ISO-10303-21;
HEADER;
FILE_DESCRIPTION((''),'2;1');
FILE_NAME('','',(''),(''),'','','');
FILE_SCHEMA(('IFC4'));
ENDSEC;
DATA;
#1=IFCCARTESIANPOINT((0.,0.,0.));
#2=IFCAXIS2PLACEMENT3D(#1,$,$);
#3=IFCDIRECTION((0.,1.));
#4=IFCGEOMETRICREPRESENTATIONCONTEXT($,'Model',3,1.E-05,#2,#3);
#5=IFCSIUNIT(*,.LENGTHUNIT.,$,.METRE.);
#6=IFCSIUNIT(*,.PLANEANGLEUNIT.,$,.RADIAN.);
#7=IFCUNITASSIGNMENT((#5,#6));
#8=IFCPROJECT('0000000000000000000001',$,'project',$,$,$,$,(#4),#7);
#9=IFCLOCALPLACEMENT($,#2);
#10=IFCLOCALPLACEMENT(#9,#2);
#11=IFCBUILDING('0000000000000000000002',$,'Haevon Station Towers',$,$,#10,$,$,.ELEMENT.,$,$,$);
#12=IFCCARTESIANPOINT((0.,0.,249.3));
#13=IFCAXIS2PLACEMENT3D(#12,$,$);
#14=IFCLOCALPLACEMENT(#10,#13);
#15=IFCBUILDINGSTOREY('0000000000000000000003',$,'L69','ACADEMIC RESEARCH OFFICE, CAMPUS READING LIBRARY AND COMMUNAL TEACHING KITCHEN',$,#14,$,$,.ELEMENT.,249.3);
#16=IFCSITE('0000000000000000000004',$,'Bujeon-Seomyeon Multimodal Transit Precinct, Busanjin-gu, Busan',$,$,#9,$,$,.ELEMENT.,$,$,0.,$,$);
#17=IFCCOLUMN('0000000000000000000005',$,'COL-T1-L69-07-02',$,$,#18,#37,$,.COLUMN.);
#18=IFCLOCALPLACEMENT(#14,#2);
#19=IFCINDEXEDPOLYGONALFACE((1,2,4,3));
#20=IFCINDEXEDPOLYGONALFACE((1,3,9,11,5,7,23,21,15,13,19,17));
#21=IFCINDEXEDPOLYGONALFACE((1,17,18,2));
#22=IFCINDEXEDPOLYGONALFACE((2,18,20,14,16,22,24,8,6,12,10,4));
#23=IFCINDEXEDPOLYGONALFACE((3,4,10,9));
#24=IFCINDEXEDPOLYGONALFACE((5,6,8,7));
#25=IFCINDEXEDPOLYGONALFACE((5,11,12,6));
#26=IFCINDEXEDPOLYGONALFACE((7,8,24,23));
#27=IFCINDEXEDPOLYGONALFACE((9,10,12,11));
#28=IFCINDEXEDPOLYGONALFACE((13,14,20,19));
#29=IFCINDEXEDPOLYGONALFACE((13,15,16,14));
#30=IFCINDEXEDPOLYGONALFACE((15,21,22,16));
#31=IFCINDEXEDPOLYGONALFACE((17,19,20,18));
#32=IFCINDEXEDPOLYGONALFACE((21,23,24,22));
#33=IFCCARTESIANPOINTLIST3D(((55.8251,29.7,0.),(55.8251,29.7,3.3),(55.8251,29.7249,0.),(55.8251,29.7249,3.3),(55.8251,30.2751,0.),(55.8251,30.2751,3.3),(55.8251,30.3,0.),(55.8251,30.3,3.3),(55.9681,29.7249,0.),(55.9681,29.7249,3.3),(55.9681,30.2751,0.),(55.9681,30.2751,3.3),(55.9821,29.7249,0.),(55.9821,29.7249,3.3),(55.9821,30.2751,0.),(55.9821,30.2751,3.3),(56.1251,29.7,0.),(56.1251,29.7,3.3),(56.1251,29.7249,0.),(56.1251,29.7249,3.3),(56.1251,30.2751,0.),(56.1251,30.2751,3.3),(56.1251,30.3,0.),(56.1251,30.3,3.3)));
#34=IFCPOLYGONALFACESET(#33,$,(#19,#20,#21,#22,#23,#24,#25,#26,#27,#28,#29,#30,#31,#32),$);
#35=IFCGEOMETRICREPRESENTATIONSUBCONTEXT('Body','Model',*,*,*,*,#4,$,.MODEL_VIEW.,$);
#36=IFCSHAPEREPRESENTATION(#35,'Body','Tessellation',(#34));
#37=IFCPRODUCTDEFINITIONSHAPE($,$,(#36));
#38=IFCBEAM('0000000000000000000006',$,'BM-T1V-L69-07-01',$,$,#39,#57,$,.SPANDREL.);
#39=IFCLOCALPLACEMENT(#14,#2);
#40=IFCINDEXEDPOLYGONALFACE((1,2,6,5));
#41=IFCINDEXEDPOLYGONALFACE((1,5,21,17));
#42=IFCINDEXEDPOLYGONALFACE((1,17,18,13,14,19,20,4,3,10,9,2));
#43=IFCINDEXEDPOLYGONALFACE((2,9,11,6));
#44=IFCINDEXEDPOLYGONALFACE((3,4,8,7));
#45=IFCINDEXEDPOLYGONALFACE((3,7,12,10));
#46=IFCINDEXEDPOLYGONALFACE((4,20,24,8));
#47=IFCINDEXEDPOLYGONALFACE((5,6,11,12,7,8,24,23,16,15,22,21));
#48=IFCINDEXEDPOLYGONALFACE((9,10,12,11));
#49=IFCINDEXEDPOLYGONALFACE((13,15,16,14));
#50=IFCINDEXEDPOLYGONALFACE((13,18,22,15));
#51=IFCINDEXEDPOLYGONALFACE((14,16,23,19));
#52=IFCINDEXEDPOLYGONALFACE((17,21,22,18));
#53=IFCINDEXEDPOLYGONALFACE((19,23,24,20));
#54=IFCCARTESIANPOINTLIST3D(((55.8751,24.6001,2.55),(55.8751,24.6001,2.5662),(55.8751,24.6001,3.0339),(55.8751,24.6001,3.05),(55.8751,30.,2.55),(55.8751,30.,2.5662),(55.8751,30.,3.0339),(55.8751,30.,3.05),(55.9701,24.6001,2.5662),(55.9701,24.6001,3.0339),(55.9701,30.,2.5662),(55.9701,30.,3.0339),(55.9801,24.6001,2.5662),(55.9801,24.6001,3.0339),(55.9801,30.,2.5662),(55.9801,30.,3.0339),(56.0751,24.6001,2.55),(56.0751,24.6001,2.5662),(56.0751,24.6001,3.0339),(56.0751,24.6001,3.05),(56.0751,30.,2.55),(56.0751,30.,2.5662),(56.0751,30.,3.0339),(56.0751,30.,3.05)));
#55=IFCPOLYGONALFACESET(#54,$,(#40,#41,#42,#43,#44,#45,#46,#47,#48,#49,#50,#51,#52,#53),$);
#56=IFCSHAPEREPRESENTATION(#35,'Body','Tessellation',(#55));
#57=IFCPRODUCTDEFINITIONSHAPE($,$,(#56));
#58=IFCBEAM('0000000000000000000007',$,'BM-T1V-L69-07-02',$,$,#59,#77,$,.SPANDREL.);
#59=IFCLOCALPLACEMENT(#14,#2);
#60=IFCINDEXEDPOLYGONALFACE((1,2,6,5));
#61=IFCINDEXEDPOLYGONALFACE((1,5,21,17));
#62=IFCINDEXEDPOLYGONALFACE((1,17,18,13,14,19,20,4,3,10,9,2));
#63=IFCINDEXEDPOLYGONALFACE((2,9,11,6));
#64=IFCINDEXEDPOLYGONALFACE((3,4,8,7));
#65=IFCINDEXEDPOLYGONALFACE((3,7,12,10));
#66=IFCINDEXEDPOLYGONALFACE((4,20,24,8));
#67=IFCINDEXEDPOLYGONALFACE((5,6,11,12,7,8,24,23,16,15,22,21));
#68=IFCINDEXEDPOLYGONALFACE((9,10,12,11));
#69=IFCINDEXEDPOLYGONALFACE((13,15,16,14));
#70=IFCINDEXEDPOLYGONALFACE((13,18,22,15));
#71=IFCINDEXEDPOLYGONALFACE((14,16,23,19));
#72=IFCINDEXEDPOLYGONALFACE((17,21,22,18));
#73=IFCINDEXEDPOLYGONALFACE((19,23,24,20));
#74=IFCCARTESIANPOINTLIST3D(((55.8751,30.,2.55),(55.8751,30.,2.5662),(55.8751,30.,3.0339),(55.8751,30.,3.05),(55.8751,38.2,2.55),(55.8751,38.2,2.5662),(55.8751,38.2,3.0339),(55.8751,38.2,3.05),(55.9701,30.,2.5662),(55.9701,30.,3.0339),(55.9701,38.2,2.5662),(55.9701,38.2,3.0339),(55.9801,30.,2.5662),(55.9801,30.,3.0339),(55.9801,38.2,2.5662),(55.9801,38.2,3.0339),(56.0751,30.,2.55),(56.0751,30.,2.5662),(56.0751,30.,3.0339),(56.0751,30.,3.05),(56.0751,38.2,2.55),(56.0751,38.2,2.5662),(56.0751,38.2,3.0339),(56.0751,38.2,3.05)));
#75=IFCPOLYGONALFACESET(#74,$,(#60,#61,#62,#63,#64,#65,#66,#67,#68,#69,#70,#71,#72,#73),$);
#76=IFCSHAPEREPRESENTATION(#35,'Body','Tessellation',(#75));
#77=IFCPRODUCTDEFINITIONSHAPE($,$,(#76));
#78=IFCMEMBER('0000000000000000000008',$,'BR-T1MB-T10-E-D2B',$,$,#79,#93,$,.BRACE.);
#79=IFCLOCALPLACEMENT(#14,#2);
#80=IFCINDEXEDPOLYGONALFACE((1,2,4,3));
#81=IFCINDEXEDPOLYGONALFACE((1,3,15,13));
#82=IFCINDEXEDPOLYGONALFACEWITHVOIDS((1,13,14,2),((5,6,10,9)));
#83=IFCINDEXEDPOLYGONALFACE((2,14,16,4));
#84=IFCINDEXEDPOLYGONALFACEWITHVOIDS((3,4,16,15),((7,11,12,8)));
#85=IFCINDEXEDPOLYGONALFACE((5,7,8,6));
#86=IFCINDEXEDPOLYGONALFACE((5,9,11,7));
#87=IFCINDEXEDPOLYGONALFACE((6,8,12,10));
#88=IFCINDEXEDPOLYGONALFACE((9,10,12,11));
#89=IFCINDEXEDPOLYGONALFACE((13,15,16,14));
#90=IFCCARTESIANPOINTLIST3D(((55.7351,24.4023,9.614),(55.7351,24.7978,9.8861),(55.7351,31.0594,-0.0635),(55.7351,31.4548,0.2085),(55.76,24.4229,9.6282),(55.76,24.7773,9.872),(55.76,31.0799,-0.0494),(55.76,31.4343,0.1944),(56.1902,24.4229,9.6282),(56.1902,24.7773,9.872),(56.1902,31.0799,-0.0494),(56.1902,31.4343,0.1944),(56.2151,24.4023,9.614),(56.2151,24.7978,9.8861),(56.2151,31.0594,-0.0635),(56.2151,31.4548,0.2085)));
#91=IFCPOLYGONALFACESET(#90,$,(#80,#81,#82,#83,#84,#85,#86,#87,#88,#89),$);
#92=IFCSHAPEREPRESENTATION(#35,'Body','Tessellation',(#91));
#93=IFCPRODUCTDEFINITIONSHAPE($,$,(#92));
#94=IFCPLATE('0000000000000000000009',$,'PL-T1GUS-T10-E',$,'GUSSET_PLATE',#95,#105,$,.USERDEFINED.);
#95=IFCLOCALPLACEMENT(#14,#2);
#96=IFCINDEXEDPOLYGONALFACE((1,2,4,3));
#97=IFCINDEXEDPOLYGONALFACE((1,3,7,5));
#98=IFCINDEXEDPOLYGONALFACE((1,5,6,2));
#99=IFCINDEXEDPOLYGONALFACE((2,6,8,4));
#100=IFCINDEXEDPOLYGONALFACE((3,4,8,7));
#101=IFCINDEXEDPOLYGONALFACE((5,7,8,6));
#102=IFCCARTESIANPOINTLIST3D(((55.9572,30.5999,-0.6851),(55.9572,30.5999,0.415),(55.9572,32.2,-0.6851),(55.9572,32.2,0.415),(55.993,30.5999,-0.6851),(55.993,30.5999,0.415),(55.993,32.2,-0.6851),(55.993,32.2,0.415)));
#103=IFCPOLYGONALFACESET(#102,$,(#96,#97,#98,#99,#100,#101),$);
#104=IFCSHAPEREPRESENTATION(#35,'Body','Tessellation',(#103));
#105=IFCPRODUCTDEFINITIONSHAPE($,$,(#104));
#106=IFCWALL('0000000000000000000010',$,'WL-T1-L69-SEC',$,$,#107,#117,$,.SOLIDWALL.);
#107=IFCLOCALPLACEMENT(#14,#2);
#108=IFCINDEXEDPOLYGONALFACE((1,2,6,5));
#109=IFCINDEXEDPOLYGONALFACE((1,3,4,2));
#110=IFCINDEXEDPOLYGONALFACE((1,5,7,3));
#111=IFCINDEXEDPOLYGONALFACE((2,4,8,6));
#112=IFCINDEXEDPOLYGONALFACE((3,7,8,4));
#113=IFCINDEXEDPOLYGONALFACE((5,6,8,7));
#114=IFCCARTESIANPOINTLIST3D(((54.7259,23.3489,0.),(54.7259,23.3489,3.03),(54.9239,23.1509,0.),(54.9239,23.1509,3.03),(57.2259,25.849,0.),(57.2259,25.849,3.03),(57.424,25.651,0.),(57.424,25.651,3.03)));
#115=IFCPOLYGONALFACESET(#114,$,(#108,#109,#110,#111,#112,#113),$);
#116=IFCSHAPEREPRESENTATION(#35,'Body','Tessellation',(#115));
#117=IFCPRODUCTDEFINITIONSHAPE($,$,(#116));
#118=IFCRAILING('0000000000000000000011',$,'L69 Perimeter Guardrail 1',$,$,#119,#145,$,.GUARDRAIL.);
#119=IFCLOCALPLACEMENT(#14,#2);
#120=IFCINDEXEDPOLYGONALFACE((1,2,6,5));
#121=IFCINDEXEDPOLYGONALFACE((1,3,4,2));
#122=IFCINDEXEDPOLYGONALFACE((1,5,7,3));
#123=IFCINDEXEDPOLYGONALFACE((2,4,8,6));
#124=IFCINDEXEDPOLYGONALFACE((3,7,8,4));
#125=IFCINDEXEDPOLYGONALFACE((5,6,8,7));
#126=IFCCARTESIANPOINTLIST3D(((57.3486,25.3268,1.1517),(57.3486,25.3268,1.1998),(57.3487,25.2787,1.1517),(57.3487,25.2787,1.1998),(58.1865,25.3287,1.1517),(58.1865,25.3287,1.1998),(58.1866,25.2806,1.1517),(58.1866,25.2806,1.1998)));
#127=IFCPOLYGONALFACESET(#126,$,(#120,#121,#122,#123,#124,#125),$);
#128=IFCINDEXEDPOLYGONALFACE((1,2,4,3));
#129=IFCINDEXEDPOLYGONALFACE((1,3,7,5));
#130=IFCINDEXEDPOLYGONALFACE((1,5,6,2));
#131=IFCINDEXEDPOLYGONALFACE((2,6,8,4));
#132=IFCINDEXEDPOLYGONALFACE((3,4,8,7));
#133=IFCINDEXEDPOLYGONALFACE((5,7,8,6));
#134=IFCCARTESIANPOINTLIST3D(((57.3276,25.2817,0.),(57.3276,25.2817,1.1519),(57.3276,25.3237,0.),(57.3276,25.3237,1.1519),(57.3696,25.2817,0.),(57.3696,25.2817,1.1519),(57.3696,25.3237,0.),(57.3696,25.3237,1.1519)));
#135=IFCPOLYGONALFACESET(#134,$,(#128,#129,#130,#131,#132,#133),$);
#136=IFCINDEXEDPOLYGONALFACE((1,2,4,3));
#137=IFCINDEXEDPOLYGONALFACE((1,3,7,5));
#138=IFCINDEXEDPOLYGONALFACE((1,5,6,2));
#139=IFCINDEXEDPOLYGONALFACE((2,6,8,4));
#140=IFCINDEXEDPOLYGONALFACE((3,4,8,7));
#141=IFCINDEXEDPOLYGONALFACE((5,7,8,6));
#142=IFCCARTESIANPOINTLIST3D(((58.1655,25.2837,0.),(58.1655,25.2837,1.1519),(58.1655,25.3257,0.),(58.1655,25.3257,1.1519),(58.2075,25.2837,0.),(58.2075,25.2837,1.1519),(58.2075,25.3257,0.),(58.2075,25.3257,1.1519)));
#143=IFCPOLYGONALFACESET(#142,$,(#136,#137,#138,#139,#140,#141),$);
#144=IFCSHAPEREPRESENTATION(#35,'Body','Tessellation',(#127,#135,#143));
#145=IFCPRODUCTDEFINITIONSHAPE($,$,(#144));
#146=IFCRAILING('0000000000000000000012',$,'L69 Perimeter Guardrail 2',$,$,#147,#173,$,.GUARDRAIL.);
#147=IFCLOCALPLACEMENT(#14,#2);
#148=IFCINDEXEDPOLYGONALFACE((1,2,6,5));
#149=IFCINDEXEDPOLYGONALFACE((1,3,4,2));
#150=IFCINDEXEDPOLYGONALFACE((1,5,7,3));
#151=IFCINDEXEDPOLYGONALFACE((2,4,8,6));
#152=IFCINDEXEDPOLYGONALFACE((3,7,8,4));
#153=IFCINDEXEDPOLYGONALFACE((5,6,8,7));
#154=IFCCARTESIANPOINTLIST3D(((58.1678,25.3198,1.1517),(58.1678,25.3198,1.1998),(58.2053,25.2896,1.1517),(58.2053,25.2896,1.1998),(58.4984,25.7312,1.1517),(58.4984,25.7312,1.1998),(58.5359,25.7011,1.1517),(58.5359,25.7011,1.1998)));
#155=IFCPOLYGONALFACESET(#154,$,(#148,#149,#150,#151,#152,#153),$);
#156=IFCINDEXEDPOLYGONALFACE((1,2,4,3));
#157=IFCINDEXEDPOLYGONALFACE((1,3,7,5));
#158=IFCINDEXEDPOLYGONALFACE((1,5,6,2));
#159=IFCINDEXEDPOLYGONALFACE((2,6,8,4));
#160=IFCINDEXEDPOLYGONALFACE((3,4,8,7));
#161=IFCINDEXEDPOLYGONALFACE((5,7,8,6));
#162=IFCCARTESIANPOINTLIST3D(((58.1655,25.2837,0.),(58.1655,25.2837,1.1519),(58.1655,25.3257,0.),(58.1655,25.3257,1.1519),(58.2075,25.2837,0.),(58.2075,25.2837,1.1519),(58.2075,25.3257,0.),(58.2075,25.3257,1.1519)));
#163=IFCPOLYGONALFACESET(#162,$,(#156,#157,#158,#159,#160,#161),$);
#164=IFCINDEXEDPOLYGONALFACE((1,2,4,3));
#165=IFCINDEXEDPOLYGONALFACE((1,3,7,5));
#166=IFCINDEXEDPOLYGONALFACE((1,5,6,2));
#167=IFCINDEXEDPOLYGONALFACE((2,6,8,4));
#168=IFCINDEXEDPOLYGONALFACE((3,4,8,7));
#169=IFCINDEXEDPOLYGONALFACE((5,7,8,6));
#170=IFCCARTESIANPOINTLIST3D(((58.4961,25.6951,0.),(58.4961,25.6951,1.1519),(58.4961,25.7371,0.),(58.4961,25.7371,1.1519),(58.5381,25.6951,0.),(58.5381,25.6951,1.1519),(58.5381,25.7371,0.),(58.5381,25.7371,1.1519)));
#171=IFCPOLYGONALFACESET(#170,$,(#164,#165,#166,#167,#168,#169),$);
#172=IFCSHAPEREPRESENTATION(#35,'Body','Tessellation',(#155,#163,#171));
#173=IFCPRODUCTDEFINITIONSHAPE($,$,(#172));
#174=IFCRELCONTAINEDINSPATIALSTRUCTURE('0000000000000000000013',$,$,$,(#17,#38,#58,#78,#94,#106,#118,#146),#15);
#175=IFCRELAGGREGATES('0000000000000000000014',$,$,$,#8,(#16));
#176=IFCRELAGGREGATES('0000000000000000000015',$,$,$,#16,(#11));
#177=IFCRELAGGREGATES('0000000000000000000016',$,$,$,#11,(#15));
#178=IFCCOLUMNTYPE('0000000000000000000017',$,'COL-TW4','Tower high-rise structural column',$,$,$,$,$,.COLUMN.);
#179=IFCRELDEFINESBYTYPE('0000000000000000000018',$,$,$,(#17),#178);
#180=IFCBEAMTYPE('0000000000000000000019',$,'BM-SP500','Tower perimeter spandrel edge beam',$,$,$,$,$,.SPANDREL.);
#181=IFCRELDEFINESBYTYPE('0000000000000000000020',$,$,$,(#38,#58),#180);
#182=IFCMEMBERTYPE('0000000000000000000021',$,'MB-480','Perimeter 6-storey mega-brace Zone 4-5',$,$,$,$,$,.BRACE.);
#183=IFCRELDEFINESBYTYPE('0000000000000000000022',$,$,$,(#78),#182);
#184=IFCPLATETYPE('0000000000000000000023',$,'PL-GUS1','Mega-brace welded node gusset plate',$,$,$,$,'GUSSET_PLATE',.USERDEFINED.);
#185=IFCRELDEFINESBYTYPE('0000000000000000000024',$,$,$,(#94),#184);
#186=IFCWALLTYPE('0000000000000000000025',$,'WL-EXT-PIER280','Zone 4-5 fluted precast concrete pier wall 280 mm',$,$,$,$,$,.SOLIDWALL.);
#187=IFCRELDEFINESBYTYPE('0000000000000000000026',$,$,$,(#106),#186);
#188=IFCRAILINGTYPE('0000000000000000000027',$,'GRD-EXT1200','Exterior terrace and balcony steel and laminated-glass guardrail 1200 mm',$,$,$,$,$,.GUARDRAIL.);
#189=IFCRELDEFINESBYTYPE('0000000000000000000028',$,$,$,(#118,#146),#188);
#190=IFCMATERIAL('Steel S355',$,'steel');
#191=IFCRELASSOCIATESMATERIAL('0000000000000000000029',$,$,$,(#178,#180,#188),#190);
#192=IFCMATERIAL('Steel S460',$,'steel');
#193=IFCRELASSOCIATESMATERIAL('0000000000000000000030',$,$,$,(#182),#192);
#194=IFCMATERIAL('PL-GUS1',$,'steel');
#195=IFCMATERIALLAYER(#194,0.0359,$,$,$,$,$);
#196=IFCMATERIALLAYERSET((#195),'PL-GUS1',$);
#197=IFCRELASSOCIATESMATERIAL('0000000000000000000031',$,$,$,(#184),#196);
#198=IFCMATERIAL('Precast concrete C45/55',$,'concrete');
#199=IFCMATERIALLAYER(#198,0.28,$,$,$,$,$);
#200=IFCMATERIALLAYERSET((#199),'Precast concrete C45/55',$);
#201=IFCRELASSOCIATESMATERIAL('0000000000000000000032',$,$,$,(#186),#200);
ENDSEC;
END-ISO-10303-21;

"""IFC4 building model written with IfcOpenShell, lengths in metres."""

from ifc_helpers import new_model, si_unit, direction, frame, frame_2d, origin, origin_2d, place, context, subcontext, project, spatial, rectangle, hollow_rectangle, i_section, extrude, material, layer, layer_set, material_profile, profile_set, type_object, element, save


model = new_model("IFC4")

# Units and contexts
model_context = context("Model", 3, precision=1e-05, world=origin(), true_north=direction((0.0, 1.0)))
body_context = subcontext(model_context, "Body", "Model", "MODEL_VIEW")
ifc_project = project(units=[si_unit("LENGTHUNIT", "METRE"), si_unit("PLANEANGLEUNIT", "RADIAN")], contexts=[model_context])

# Site, building, storey
site_placement = place(None, origin())
site = spatial("IfcSite", under=ifc_project, at=site_placement, Name="Bujeon-Seomyeon Multimodal Transit Precinct, Busanjin-gu, Busan", CompositionType="ELEMENT", RefElevation=0.0)
building_placement = place(site_placement, origin())
building = spatial("IfcBuilding", under=site, at=building_placement, Name="Haevon Station Towers", CompositionType="ELEMENT")
storey_placement = place(building_placement, frame((0.0, 0.0, 249.3)))
storey = spatial("IfcBuildingStorey", under=building, at=storey_placement, Name="L69", Description="ACADEMIC RESEARCH OFFICE, CAMPUS READING LIBRARY AND COMMUNAL TEACHING KITCHEN", CompositionType="ELEMENT", Elevation=249.3)

# Column
ifc_material_1 = material(Name="Steel S355", Category="steel")
ifc_material_profile_1 = material_profile(ifc_material_1, i_section(OverallWidth=0.3, OverallDepth=0.6001, WebThickness=0.0139, FlangeThickness=0.0249, at=origin_2d()), Name="H-600x300x14x25")
ifc_profile_set_1 = profile_set([ifc_material_profile_1], Name="Steel S355")
column_type = type_object("IfcColumnType", Name="COL-TW4", Description="Tower high-rise structural column", PredefinedType="COLUMN", material=ifc_profile_set_1)
column_placement = place(storey_placement, frame((55.9751, 30.0, 0.0), z_axis=(0.0, 0.0, 1.0), x_axis=(1.0, 0.0, 0.0)))
element("IfcColumn", 1, at=column_placement, inside=storey, type_object=column_type, Name="COL-T1-L69-07-02", PredefinedType="COLUMN", context=body_context, shape_type="SweptSolid", body=[
    extrude(i_section(OverallWidth=0.3, OverallDepth=0.6001, WebThickness=0.0139, FlangeThickness=0.0249, at=origin_2d()), origin(), (0.0, 0.0, 1.0), 3.3),
])

# Beams
ifc_material_profile_2 = material_profile(ifc_material_1, i_section(OverallWidth=0.2, OverallDepth=0.5, WebThickness=0.01, FlangeThickness=0.0161, at=origin_2d()), Name="H-500x200x10x16")
ifc_profile_set_2 = profile_set([ifc_material_profile_2], Name="Steel S355")
beam_type = type_object("IfcBeamType", Name="BM-SP500", Description="Tower perimeter spandrel edge beam", PredefinedType="SPANDREL", material=ifc_profile_set_2)
beam_1_placement = place(storey_placement, frame((55.9751, 24.6001, 2.8), z_axis=(0.0, 1.0, 0.0), x_axis=(-1.0, 0.0, 0.0)))
element("IfcBeam", 2, at=beam_1_placement, inside=storey, type_object=beam_type, Name="BM-T1V-L69-07-01", PredefinedType="SPANDREL", context=body_context, shape_type="SweptSolid", body=[
    extrude(i_section(OverallWidth=0.2, OverallDepth=0.5, WebThickness=0.01, FlangeThickness=0.0161, at=origin_2d()), origin(), (0.0, 0.0, 1.0), 5.3999),
])
beam_2_placement = place(storey_placement, frame((55.9751, 30.0, 2.8), z_axis=(0.0, 1.0, 0.0), x_axis=(-1.0, 0.0, 0.0)))
element("IfcBeam", 3, at=beam_2_placement, inside=storey, type_object=beam_type, Name="BM-T1V-L69-07-02", PredefinedType="SPANDREL", context=body_context, shape_type="SweptSolid", body=[
    extrude(i_section(OverallWidth=0.2, OverallDepth=0.5, WebThickness=0.01, FlangeThickness=0.0161, at=origin_2d()), origin(), (0.0, 0.0, 1.0), 8.2),
])

# Member
ifc_material_2 = material(Name="Steel S460", Category="steel")
ifc_material_profile_3 = material_profile(ifc_material_2, hollow_rectangle(XDim=0.48, YDim=0.48, WallThickness=0.0249, at=origin_2d()), Name="RHS-480x480x25")
ifc_profile_set_3 = profile_set([ifc_material_profile_3], Name="Steel S460")
member_type = type_object("IfcMemberType", Name="MB-480", Description="Perimeter 6-storey mega-brace Zone 4-5", PredefinedType="BRACE", material=ifc_profile_set_3)
member_placement = place(storey_placement, frame((55.9751, 31.2571, 0.0725), z_axis=(0.0, -0.566743, 0.823895), x_axis=(1.0, 0.0, 0.0)))
element("IfcMember", 4, at=member_placement, inside=storey, type_object=member_type, Name="BR-T1MB-T10-E-D2B", PredefinedType="BRACE", context=body_context, shape_type="SweptSolid", body=[
    extrude(hollow_rectangle(XDim=0.48, YDim=0.48, WallThickness=0.0249, at=origin_2d()), origin(), (0.0, 0.0, 1.0), 11.7461),
])

# Plate
ifc_material_3 = material(Name="PL-GUS1", Category="steel")
ifc_layer_1 = layer(ifc_material_3, 0.0359)
ifc_layer_set_1 = layer_set([ifc_layer_1], Name="PL-GUS1")
plate_type = type_object("IfcPlateType", Name="PL-GUS1", Description="Mega-brace welded node gusset plate", ElementType="GUSSET_PLATE", PredefinedType="USERDEFINED", material=ifc_layer_set_1)
plate_placement = place(storey_placement, frame((55.9751, 31.3999, -0.6851), z_axis=(0.0, 0.0, 1.0), x_axis=(0.0, 1.0, 0.0)))
element("IfcPlate", 5, at=plate_placement, inside=storey, type_object=plate_type, Name="PL-T1GUS-T10-E", ObjectType="GUSSET_PLATE", PredefinedType="USERDEFINED", context=body_context, shape_type="SweptSolid", body=[
    extrude(rectangle(XDim=1.6001, YDim=0.0359, at=origin_2d()), origin(), (0.0, 0.0, 1.0), 1.1001),
])

# Wall
ifc_material_4 = material(Name="Precast concrete C45/55", Category="concrete")
ifc_layer_2 = layer(ifc_material_4, 0.28)
ifc_layer_set_2 = layer_set([ifc_layer_2], Name="Precast concrete C45/55")
wall_type = type_object("IfcWallType", Name="WL-EXT-PIER280", Description="Zone 4-5 fluted precast concrete pier wall 280 mm", PredefinedType="SOLIDWALL", material=ifc_layer_set_2)
wall_placement = place(storey_placement, frame((57.325, 25.75, 0.0), z_axis=(0.0, 0.0, 1.0), x_axis=(-0.707107, -0.707107, 0.0)))
element("IfcWall", 6, at=wall_placement, inside=storey, type_object=wall_type, Name="WL-T1-L69-SEC", PredefinedType="SOLIDWALL", context=body_context, shape_type="SweptSolid", body=[
    extrude(rectangle(XDim=3.5356, YDim=0.28, at=frame_2d((1.7678, 0.0))), origin(), (0.0, 0.0, 1.0), 3.03),
])

# Railings
railing_type = type_object("IfcRailingType", Name="GRD-EXT1200", Description="Exterior terrace and balcony steel and laminated-glass guardrail 1200 mm", PredefinedType="GUARDRAIL", material=ifc_material_1)
railing_1_placement = place(storey_placement, frame((57.3486, 25.3027, 0.0)))
element("IfcRailing", 7, at=railing_1_placement, inside=storey, type_object=railing_type, Name="L69 Perimeter Guardrail 1", PredefinedType="GUARDRAIL", context=body_context, shape_type="SweptSolid", body=[
    extrude(rectangle(XDim=0.0481, YDim=0.0481, at=origin_2d()), frame((0.0, 0.0, 1.1758), z_axis=(0.999997, 0.002331, 0.0), x_axis=(-0.002331, 0.999997, 0.0)), (0.0, 0.0, 1.0), 0.8379),
    extrude(rectangle(XDim=0.042, YDim=0.042, at=origin_2d()), origin(), (0.0, 0.0, 1.0), 1.1519),
    extrude(rectangle(XDim=0.042, YDim=0.042, at=origin_2d()), frame((0.8379, 0.002, 0.0)), (0.0, 0.0, 1.0), 1.1519),
])
railing_2_placement = place(storey_placement, frame((58.1865, 25.3047, 0.0)))
element("IfcRailing", 8, at=railing_2_placement, inside=storey, type_object=railing_type, Name="L69 Perimeter Guardrail 2", PredefinedType="GUARDRAIL", context=body_context, shape_type="SweptSolid", body=[
    extrude(rectangle(XDim=0.0481, YDim=0.0481, at=origin_2d()), frame((0.0, 0.0, 1.1758), z_axis=(0.626386, 0.779513, 0.0), x_axis=(-0.779513, 0.626386, 0.0)), (0.0, 0.0, 1.0), 0.5278),
    extrude(rectangle(XDim=0.042, YDim=0.042, at=origin_2d()), origin(), (0.0, 0.0, 1.0), 1.1519),
    extrude(rectangle(XDim=0.042, YDim=0.042, at=origin_2d()), frame((0.3306, 0.4114, 0.0)), (0.0, 0.0, 1.0), 1.1519),
])

save(model, "model.ifc")
